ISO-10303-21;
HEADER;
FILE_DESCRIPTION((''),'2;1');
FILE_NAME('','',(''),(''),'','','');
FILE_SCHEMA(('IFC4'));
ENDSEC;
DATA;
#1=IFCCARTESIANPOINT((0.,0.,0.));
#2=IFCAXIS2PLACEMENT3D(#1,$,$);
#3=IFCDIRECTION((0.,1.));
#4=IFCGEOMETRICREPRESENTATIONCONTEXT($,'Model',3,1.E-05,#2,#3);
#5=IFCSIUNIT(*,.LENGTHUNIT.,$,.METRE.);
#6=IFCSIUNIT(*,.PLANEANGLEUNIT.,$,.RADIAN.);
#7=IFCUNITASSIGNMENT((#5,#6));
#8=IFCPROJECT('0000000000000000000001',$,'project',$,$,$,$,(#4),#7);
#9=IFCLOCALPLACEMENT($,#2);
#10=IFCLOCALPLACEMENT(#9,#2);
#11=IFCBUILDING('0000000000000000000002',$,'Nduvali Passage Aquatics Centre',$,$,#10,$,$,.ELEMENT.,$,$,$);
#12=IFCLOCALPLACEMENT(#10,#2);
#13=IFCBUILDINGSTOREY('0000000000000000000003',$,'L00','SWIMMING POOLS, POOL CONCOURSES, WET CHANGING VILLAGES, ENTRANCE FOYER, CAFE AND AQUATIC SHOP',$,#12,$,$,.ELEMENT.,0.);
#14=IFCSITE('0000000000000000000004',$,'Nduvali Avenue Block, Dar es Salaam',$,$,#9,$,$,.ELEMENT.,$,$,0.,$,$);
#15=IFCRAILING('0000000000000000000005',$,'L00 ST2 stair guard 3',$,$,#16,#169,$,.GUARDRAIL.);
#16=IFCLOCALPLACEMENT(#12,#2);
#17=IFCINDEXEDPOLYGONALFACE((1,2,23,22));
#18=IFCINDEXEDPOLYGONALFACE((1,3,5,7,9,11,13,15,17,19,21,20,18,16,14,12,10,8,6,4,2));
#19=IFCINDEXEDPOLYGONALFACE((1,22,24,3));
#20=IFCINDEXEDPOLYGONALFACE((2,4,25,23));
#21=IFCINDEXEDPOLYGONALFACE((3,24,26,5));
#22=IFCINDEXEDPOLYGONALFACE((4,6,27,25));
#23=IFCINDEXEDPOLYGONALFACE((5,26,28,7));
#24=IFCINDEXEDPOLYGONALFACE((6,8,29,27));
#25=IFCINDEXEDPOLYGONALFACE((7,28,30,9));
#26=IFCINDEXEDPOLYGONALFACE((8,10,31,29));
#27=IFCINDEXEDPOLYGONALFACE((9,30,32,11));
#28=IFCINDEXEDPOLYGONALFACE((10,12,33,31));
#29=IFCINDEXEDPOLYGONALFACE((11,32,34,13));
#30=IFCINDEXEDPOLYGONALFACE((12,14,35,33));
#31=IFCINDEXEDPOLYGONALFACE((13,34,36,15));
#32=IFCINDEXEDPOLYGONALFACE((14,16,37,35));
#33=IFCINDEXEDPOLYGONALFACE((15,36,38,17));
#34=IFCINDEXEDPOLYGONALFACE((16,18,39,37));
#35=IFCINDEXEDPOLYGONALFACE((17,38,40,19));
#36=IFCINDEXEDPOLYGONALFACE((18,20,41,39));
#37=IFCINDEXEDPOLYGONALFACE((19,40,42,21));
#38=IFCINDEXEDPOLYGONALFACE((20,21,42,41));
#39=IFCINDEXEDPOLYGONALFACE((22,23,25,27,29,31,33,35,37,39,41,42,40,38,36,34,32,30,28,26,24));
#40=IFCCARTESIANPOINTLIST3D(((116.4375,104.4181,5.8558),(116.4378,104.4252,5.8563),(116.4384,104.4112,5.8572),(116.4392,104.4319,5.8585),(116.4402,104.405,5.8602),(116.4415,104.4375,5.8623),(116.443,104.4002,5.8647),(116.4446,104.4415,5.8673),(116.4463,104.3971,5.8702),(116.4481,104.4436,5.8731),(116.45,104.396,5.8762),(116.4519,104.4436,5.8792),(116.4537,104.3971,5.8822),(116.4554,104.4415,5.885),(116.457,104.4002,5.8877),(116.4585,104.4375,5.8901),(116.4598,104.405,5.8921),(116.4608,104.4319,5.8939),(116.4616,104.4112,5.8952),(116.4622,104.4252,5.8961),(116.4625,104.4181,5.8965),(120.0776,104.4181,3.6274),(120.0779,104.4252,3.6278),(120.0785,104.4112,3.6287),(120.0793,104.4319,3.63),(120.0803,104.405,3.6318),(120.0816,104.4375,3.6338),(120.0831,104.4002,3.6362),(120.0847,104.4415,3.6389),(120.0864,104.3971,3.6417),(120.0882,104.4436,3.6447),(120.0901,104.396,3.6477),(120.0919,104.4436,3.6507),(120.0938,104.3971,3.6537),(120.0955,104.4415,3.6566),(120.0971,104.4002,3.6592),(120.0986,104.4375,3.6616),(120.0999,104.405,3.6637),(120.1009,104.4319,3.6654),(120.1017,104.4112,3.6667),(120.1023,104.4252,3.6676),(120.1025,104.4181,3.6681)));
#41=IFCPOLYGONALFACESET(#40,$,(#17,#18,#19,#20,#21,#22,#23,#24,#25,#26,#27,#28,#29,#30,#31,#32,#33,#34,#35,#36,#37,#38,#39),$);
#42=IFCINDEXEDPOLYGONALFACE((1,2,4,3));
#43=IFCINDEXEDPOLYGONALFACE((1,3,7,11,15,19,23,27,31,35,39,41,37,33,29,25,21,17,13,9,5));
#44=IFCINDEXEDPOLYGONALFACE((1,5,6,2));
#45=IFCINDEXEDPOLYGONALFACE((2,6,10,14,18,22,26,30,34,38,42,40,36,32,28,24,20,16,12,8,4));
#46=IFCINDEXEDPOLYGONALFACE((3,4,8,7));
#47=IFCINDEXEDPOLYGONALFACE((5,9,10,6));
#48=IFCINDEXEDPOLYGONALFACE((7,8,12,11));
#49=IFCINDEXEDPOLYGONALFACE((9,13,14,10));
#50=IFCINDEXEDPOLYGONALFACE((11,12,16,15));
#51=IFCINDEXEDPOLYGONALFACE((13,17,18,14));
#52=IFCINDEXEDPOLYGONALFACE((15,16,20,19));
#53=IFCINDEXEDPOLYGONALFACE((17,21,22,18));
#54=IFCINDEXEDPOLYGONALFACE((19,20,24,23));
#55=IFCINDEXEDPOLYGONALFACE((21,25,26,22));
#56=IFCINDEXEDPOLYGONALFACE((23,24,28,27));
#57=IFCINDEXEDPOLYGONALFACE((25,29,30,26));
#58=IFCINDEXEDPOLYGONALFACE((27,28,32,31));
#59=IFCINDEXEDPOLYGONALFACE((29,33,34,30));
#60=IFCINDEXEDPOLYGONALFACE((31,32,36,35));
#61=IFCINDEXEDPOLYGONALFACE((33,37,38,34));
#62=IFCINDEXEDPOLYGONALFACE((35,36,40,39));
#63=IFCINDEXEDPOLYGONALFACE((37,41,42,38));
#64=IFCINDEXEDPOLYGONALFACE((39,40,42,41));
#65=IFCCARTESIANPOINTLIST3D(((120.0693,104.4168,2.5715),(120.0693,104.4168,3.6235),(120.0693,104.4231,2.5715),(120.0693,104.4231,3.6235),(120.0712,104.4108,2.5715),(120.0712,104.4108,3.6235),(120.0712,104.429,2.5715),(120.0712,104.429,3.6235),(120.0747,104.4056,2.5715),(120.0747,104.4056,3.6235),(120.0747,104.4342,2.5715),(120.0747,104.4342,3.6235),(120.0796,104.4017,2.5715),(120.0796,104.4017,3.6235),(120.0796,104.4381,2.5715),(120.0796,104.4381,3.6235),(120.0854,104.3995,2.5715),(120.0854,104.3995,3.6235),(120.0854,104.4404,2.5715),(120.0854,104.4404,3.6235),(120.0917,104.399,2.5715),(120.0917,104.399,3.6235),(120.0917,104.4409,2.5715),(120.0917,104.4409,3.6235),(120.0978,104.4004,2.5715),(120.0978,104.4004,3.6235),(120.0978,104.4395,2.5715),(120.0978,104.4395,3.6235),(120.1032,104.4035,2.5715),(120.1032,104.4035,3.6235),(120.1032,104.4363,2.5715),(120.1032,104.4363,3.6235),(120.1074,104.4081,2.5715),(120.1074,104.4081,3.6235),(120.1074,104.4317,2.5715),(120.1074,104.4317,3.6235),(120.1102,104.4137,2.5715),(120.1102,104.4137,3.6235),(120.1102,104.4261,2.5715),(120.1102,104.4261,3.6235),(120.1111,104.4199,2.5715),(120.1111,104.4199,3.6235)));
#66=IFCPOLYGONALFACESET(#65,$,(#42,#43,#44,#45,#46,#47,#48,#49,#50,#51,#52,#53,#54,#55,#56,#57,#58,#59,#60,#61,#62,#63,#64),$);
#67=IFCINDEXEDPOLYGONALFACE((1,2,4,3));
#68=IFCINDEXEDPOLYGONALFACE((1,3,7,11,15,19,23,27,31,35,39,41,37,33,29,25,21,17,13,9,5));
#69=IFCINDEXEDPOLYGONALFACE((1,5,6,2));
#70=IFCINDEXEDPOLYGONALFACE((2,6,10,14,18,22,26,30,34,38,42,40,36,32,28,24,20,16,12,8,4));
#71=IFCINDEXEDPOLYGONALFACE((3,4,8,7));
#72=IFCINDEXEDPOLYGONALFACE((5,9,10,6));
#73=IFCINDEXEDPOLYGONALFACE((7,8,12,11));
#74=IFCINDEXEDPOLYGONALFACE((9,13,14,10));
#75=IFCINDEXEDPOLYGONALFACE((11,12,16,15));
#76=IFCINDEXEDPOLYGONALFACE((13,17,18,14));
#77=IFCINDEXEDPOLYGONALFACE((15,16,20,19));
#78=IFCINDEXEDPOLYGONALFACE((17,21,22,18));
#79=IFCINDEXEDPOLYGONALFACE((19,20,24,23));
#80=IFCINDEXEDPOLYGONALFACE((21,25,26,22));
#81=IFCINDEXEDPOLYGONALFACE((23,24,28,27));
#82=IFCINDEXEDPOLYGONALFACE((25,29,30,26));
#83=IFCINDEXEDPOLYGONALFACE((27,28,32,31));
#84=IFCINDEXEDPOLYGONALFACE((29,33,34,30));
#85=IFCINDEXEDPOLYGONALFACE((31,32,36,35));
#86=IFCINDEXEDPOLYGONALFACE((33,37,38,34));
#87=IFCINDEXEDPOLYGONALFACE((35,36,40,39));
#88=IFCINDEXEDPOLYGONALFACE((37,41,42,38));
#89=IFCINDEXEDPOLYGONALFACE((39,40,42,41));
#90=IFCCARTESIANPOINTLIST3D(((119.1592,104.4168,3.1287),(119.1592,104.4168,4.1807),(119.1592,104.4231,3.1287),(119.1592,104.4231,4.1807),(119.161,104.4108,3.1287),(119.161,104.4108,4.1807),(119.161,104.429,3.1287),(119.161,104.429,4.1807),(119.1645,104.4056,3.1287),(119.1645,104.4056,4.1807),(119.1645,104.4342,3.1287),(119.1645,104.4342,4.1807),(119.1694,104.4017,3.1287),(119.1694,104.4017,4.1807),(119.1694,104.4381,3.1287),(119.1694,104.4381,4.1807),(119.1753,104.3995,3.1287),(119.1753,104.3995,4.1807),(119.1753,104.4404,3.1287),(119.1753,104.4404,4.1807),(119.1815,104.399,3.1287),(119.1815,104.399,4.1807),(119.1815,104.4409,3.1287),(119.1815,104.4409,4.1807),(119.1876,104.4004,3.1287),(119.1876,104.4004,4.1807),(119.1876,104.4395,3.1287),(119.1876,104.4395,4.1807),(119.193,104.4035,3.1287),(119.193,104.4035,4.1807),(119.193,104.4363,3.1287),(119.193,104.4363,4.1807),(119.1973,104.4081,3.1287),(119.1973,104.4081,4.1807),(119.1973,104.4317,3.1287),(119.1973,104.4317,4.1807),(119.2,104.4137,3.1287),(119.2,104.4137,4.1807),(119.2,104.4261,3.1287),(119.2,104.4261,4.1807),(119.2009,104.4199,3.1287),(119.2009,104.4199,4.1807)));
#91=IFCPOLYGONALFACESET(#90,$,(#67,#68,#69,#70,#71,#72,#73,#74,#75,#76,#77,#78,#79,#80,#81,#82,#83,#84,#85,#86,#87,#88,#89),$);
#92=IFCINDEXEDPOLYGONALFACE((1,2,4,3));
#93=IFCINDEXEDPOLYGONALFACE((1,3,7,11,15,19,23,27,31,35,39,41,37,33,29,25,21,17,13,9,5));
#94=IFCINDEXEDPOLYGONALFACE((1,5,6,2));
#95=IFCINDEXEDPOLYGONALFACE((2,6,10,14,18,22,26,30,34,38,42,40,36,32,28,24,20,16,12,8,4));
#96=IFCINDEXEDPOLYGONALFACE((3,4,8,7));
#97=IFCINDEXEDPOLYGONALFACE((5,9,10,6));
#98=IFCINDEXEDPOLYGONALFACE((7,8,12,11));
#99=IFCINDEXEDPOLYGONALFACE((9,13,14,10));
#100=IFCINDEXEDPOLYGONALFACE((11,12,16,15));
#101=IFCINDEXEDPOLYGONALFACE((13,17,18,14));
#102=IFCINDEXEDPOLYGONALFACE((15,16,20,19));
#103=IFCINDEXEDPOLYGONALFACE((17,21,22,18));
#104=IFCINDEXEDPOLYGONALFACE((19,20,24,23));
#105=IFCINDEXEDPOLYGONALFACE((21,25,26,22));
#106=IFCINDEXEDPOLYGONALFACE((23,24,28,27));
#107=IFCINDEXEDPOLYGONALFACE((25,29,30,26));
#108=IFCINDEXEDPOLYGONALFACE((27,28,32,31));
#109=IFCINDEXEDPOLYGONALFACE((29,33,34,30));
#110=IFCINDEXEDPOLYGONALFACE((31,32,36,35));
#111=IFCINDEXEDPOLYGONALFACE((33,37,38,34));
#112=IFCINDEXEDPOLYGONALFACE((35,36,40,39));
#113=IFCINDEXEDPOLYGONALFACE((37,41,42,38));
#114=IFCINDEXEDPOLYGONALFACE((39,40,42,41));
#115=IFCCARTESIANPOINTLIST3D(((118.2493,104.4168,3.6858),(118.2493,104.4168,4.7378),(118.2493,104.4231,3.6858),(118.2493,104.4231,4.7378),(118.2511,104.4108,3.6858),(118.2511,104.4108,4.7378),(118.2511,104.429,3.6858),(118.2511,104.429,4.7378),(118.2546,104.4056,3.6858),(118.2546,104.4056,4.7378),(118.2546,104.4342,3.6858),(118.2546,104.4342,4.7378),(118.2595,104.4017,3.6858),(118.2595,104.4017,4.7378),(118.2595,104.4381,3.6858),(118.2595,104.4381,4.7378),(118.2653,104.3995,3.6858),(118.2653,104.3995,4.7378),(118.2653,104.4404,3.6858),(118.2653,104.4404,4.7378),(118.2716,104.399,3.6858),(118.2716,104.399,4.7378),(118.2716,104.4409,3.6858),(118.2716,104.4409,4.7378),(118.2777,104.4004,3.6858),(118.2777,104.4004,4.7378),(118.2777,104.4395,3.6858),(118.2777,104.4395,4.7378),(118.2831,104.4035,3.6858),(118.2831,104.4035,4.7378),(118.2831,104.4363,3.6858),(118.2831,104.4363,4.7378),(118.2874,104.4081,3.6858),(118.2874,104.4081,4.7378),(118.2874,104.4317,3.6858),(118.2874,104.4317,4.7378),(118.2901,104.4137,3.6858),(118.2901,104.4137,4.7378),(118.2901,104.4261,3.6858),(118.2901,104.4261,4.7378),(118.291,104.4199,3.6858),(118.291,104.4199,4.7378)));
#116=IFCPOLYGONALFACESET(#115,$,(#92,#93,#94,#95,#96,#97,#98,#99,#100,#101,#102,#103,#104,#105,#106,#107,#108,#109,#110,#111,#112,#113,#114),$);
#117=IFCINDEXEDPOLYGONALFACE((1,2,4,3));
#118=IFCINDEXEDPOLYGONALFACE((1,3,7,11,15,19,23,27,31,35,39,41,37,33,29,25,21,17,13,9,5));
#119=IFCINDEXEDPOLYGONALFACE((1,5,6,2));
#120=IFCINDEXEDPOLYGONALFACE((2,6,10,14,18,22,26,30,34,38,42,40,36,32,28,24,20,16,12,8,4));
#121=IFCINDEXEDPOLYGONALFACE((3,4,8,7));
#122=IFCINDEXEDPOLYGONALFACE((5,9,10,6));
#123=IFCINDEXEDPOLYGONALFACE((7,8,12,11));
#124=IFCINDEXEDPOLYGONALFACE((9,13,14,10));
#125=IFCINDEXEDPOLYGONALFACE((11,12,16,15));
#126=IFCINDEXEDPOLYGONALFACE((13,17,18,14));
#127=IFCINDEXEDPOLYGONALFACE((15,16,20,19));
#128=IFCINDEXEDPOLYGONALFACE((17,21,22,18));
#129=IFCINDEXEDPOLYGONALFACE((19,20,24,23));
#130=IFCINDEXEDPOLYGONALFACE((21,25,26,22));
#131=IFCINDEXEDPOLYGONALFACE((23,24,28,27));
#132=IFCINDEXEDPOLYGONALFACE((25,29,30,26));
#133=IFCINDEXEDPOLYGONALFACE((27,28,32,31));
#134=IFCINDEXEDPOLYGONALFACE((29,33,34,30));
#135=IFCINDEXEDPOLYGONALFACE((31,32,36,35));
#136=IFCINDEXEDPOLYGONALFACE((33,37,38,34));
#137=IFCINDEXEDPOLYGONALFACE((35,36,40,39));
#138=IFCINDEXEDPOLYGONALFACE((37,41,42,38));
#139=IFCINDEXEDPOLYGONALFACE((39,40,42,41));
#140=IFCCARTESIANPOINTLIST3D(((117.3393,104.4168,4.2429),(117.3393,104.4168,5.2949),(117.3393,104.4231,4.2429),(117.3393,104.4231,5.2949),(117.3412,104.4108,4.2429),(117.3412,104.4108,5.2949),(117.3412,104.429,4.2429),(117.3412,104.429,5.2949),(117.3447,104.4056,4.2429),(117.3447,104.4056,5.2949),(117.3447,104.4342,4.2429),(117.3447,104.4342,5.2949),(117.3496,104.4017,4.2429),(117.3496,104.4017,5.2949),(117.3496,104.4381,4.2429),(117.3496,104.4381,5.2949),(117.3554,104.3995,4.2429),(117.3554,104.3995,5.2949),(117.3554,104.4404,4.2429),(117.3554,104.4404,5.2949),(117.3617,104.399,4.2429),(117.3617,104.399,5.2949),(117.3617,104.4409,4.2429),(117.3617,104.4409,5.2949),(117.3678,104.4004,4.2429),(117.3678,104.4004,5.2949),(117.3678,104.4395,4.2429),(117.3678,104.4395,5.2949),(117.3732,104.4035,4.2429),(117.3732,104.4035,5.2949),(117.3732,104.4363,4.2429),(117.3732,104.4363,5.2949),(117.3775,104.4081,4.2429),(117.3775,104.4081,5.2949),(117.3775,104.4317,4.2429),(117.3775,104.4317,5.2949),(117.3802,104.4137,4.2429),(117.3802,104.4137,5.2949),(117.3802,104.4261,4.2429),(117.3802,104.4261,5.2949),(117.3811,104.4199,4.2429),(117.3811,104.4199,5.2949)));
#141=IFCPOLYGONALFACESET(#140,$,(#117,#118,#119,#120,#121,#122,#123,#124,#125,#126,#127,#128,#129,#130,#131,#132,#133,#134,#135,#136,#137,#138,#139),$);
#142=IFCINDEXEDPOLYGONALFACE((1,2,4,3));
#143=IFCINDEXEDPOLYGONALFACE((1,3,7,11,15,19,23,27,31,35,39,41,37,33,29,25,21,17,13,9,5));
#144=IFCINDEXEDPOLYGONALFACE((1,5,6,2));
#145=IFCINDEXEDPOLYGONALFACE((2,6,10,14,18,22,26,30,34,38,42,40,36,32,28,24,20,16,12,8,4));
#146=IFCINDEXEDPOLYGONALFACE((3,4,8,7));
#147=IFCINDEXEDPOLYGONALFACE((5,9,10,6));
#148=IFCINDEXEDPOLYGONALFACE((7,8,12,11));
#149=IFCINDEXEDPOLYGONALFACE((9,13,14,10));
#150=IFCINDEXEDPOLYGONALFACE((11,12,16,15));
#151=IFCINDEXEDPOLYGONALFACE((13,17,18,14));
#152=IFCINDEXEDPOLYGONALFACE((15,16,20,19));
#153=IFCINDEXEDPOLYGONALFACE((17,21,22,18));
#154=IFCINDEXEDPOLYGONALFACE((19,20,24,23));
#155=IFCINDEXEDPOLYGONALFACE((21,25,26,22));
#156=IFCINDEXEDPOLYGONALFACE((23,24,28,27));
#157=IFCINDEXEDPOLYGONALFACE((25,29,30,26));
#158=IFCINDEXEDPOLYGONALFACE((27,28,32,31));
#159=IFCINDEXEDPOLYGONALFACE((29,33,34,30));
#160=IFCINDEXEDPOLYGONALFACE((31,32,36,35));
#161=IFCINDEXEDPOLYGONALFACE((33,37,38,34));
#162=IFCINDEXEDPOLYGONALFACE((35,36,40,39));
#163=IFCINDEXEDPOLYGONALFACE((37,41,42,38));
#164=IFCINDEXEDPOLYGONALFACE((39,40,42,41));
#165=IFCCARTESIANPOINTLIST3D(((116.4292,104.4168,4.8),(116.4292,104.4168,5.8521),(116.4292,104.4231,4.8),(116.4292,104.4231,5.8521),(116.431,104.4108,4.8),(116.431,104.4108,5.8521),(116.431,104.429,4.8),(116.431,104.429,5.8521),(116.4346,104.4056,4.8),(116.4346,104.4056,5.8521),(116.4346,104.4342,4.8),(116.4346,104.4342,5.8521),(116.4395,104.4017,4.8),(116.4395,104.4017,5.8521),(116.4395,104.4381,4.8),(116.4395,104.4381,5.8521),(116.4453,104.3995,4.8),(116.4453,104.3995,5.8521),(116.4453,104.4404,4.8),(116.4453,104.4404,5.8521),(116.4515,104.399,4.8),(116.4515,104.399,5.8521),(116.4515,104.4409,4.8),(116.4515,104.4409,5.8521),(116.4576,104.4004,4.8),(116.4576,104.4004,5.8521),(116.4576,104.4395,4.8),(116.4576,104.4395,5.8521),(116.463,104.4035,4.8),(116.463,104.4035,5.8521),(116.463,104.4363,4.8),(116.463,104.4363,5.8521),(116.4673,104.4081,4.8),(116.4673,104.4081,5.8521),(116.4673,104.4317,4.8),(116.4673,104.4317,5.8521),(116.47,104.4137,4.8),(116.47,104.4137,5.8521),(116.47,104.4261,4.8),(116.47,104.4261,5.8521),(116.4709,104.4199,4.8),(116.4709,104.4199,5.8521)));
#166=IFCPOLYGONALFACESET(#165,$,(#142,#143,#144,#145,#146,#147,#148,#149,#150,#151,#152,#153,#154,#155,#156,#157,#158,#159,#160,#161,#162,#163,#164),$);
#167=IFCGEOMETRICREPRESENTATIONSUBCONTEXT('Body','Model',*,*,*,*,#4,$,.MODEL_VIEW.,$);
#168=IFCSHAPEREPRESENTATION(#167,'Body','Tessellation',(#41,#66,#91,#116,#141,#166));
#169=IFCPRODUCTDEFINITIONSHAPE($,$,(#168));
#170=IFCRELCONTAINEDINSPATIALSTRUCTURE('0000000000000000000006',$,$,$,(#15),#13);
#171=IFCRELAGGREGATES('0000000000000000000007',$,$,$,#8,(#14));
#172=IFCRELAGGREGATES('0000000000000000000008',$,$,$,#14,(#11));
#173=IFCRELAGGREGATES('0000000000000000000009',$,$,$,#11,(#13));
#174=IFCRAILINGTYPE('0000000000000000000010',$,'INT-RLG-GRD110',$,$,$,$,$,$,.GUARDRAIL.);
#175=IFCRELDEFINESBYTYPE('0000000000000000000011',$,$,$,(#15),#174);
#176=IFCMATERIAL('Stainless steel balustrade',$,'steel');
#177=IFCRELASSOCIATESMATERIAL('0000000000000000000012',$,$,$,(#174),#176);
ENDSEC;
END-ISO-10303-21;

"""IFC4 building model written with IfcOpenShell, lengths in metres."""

from ifc_helpers import new_model, si_unit, direction, frame, origin, origin_2d, place, context, subcontext, project, spatial, circle, extrude, material, type_object, element, save


model = new_model("IFC4")

# Units and contexts
model_context = context("Model", 3, precision=1e-05, world=origin(), true_north=direction((0.0, 1.0)))
body_context = subcontext(model_context, "Body", "Model", "MODEL_VIEW")
ifc_project = project(units=[si_unit("LENGTHUNIT", "METRE"), si_unit("PLANEANGLEUNIT", "RADIAN")], contexts=[model_context])

# Site, building, storey
site_placement = place(None, origin())
site = spatial("IfcSite", under=ifc_project, at=site_placement, Name="Nduvali Avenue Block, Dar es Salaam", CompositionType="ELEMENT", RefElevation=0.0)
building_placement = place(site_placement, origin())
building = spatial("IfcBuilding", under=site, at=building_placement, Name="Nduvali Passage Aquatics Centre", CompositionType="ELEMENT")
storey_placement = place(building_placement, origin())
storey = spatial("IfcBuildingStorey", under=building, at=storey_placement, Name="L00", Description="SWIMMING POOLS, POOL CONCOURSES, WET CHANGING VILLAGES, ENTRANCE FOYER, CAFE AND AQUATIC SHOP", CompositionType="ELEMENT", Elevation=0.0)

# Railing
ifc_material_1 = material(Name="Stainless steel balustrade", Category="steel")
railing_type_1 = type_object("IfcRailingType", Name="INT-RLG-GRD110", PredefinedType="GUARDRAIL", material=ifc_material_1)
railing_1_placement = place(storey_placement, frame((120.0901, 104.4199, 2.5715)))
element("IfcRailing", 1, at=railing_1_placement, inside=storey, type_object=railing_type_1, Name="L00 ST2 stair guard 3", PredefinedType="GUARDRAIL", context=body_context, shape_type="SweptSolid", body=[
    extrude(circle(Radius=0.0239, at=origin_2d()), frame((0.0, 0.0, 1.0762), z_axis=(-0.852866, 0.0, 0.52213), x_axis=(0.0, -1.0, 0.0)), (0.0, 0.0, 1.0), 4.2681),
    extrude(circle(Radius=0.021, at=origin_2d()), origin(), (0.0, 0.0, 1.0), 1.052),
    extrude(circle(Radius=0.021, at=origin_2d()), frame((-0.9102, 0.0, 0.5571)), (0.0, 0.0, 1.0), 1.052),
    extrude(circle(Radius=0.021, at=origin_2d()), frame((-1.8201, 0.0, 1.1143)), (0.0, 0.0, 1.0), 1.052),
    extrude(circle(Radius=0.021, at=origin_2d()), frame((-2.73, 0.0, 1.6714)), (0.0, 0.0, 1.0), 1.052),
    extrude(circle(Radius=0.021, at=origin_2d()), frame((-3.6401, 0.0, 2.2285)), (0.0, 0.0, 1.0), 1.052),
])

save(model, "model.ifc")
